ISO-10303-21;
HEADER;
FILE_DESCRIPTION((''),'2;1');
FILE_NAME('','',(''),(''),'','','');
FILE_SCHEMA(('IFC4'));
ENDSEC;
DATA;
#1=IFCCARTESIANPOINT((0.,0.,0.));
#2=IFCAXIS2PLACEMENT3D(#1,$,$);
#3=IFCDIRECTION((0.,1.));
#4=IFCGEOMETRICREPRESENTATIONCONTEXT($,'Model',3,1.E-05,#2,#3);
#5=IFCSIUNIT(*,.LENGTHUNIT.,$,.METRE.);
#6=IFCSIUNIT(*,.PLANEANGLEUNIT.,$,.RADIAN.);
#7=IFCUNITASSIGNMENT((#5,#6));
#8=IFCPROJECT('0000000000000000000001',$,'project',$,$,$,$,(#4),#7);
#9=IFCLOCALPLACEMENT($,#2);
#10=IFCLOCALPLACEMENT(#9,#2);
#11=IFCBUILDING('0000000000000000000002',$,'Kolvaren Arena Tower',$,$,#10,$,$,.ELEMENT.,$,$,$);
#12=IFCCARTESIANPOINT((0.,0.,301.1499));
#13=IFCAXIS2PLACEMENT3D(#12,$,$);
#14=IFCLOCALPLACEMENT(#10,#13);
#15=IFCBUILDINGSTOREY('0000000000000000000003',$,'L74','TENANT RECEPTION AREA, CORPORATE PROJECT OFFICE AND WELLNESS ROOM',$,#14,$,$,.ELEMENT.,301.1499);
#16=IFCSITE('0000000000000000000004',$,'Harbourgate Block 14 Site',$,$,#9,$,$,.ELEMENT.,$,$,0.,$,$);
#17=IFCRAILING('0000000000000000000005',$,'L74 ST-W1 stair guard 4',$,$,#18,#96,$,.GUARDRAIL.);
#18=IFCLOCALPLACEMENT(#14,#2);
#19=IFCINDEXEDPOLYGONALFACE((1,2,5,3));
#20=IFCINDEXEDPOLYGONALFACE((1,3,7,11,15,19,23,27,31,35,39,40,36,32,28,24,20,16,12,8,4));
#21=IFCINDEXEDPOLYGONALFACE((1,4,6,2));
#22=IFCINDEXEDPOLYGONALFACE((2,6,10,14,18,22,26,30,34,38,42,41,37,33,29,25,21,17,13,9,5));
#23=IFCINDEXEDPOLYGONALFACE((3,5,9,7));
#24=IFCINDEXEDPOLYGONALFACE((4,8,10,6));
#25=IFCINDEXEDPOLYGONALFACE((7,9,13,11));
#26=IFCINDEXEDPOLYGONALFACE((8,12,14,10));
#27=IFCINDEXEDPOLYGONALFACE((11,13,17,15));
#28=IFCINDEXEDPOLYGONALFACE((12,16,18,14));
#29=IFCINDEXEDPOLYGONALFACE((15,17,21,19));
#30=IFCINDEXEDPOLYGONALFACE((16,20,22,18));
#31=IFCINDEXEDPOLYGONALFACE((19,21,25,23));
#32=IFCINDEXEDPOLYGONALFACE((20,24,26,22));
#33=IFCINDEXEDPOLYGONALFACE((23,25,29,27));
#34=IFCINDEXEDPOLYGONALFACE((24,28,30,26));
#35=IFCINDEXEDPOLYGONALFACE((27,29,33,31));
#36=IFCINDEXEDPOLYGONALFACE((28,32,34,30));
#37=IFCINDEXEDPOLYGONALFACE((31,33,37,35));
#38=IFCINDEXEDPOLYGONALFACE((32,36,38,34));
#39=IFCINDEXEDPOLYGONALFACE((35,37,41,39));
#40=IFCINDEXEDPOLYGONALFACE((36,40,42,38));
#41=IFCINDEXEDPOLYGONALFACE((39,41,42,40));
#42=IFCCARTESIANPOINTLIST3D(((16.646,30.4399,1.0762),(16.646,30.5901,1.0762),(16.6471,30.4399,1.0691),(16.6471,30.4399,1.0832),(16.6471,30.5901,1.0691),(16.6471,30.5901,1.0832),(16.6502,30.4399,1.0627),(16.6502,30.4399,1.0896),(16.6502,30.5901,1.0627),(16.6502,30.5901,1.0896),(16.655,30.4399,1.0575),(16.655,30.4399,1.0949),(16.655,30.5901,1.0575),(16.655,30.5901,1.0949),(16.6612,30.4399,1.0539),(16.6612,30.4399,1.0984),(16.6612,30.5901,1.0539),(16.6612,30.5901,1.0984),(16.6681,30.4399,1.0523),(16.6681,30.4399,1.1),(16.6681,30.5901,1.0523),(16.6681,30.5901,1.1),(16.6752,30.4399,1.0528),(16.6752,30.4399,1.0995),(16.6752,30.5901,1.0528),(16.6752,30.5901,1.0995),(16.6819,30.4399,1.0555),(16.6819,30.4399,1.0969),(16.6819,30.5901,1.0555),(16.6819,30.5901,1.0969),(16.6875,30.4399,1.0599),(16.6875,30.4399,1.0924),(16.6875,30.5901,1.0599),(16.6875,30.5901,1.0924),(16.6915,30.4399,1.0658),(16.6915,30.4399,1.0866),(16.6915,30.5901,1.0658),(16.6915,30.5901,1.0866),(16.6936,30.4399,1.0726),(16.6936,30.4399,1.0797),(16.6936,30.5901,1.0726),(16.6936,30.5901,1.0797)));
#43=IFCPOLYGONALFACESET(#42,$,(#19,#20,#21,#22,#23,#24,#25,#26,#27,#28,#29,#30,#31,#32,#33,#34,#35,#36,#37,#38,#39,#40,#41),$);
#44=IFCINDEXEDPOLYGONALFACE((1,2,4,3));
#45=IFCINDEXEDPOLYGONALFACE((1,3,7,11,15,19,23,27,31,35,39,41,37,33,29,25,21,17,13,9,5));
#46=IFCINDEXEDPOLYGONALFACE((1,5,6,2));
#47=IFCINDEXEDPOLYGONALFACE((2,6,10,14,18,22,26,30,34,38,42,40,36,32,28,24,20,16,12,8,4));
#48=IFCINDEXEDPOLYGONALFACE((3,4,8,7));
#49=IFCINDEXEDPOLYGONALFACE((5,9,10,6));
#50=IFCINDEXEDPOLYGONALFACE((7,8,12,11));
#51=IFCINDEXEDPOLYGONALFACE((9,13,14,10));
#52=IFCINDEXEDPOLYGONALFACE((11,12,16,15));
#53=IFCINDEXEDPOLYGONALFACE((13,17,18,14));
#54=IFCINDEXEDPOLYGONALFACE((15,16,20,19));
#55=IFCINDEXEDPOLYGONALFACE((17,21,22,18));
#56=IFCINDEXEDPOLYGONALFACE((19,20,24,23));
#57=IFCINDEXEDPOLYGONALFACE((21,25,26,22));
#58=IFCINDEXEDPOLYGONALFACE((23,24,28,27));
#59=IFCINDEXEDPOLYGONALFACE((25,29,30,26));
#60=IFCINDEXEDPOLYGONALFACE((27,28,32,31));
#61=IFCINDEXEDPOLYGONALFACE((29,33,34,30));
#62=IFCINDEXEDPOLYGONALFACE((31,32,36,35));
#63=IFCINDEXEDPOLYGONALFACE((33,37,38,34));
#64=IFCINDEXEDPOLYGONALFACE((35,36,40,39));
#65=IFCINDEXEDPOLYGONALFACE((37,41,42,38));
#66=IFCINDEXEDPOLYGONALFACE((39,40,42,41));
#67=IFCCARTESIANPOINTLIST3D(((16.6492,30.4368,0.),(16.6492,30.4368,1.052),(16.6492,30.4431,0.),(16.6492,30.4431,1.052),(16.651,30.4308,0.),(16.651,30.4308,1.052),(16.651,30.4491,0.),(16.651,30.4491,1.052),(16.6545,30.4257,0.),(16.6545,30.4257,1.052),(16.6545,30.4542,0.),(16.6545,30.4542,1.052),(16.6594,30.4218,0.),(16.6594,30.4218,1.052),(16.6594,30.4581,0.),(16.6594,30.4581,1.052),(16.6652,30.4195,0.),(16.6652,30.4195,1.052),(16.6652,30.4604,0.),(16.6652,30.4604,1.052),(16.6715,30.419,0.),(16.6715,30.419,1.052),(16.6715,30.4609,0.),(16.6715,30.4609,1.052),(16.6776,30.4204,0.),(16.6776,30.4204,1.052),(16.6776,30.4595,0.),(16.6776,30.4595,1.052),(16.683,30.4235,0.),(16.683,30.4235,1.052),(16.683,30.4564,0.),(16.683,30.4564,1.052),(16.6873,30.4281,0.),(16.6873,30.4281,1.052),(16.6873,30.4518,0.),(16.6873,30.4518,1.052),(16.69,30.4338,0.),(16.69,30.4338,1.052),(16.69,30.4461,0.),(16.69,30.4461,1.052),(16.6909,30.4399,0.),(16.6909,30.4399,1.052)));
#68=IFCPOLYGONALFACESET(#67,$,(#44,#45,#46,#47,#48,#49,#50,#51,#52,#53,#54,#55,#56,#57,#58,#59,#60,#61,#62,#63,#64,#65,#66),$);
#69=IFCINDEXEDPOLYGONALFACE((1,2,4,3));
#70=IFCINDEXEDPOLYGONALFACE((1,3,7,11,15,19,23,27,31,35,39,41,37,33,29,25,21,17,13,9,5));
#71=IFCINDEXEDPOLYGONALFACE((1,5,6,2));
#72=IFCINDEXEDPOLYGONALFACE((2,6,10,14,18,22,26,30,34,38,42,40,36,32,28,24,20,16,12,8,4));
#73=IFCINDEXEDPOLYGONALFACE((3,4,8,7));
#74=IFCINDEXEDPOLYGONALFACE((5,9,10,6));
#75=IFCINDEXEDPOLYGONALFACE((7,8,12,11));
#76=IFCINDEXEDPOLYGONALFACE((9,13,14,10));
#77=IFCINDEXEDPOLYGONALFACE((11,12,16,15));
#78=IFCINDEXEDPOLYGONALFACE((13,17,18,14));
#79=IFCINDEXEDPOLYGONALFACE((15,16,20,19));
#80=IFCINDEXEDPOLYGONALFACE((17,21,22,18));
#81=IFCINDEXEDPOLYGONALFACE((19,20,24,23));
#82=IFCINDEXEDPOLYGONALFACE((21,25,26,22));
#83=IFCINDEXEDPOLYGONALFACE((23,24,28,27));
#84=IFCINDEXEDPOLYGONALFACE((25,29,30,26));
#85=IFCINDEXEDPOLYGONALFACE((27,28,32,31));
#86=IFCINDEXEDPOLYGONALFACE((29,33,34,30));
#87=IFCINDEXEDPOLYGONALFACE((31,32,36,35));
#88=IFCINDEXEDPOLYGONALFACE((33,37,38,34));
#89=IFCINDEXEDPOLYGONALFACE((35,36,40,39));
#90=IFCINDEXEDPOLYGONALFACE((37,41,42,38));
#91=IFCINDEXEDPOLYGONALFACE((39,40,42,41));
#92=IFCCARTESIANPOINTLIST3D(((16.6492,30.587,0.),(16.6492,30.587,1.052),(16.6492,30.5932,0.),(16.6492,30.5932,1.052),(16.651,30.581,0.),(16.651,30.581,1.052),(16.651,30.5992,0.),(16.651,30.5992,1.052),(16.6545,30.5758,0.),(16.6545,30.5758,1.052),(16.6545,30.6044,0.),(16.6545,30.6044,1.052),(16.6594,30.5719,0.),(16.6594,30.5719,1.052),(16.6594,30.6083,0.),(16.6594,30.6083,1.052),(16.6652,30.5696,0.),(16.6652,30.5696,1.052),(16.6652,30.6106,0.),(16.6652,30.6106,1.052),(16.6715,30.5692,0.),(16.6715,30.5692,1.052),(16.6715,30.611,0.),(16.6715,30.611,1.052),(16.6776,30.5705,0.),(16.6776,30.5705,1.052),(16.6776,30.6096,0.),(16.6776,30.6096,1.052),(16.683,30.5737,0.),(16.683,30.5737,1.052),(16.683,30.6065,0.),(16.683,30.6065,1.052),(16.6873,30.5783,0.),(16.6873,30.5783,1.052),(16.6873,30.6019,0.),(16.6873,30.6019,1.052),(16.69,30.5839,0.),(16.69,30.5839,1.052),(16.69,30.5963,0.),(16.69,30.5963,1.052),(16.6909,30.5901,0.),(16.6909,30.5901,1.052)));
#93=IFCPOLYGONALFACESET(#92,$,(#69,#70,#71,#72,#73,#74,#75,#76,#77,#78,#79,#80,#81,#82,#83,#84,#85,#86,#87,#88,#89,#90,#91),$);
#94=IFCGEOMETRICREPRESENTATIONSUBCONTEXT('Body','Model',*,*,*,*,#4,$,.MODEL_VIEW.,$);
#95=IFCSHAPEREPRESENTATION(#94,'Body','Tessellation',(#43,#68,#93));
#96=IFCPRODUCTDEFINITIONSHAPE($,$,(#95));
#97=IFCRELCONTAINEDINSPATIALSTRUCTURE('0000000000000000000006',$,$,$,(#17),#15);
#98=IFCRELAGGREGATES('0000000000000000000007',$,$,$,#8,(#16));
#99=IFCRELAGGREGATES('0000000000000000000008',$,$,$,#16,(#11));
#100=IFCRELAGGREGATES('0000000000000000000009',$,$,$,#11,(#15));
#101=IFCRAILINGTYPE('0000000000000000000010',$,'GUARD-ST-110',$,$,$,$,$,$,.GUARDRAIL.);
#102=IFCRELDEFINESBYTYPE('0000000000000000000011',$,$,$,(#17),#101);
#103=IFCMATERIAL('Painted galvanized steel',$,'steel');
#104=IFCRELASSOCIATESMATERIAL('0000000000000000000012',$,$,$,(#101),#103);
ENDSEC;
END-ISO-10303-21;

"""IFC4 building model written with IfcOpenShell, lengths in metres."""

from ifc_helpers import new_model, si_unit, direction, frame, origin, origin_2d, place, context, subcontext, project, spatial, circle, extrude, material, type_object, element, save


model = new_model("IFC4")

# Units and contexts
model_context = context("Model", 3, precision=1e-05, world=origin(), true_north=direction((0.0, 1.0)))
body_context = subcontext(model_context, "Body", "Model", "MODEL_VIEW")
ifc_project = project(units=[si_unit("LENGTHUNIT", "METRE"), si_unit("PLANEANGLEUNIT", "RADIAN")], contexts=[model_context])

# Site, building, storey
site_placement = place(None, origin())
site = spatial("IfcSite", under=ifc_project, at=site_placement, Name="Harbourgate Block 14 Site", CompositionType="ELEMENT", RefElevation=0.0)
building_placement = place(site_placement, origin())
building = spatial("IfcBuilding", under=site, at=building_placement, Name="Kolvaren Arena Tower", CompositionType="ELEMENT")
storey_placement = place(building_placement, frame((0.0, 0.0, 301.1499)))
storey = spatial("IfcBuildingStorey", under=building, at=storey_placement, Name="L74", Description="TENANT RECEPTION AREA, CORPORATE PROJECT OFFICE AND WELLNESS ROOM", CompositionType="ELEMENT", Elevation=301.1499)

# Railing
ifc_material_1 = material(Name="Painted galvanized steel", Category="steel")
railing_type_1 = type_object("IfcRailingType", Name="GUARD-ST-110", PredefinedType="GUARDRAIL", material=ifc_material_1)
railing_1_placement = place(storey_placement, frame((16.6699, 30.4399, 0.0)))
element("IfcRailing", 1, at=railing_1_placement, inside=storey, type_object=railing_type_1, Name="L74 ST-W1 stair guard 4", PredefinedType="GUARDRAIL", context=body_context, shape_type="SweptSolid", body=[
    extrude(circle(Radius=0.0239, at=origin_2d()), frame((0.0, 0.0, 1.0762), z_axis=(0.0, 1.0, 0.0), x_axis=(-1.0, 0.0, 0.0)), (0.0, 0.0, 1.0), 0.1501),
    extrude(circle(Radius=0.021, at=origin_2d()), origin(), (0.0, 0.0, 1.0), 1.052),
    extrude(circle(Radius=0.021, at=origin_2d()), frame((0.0, 0.1501, 0.0)), (0.0, 0.0, 1.0), 1.052),
])

save(model, "model.ifc")
